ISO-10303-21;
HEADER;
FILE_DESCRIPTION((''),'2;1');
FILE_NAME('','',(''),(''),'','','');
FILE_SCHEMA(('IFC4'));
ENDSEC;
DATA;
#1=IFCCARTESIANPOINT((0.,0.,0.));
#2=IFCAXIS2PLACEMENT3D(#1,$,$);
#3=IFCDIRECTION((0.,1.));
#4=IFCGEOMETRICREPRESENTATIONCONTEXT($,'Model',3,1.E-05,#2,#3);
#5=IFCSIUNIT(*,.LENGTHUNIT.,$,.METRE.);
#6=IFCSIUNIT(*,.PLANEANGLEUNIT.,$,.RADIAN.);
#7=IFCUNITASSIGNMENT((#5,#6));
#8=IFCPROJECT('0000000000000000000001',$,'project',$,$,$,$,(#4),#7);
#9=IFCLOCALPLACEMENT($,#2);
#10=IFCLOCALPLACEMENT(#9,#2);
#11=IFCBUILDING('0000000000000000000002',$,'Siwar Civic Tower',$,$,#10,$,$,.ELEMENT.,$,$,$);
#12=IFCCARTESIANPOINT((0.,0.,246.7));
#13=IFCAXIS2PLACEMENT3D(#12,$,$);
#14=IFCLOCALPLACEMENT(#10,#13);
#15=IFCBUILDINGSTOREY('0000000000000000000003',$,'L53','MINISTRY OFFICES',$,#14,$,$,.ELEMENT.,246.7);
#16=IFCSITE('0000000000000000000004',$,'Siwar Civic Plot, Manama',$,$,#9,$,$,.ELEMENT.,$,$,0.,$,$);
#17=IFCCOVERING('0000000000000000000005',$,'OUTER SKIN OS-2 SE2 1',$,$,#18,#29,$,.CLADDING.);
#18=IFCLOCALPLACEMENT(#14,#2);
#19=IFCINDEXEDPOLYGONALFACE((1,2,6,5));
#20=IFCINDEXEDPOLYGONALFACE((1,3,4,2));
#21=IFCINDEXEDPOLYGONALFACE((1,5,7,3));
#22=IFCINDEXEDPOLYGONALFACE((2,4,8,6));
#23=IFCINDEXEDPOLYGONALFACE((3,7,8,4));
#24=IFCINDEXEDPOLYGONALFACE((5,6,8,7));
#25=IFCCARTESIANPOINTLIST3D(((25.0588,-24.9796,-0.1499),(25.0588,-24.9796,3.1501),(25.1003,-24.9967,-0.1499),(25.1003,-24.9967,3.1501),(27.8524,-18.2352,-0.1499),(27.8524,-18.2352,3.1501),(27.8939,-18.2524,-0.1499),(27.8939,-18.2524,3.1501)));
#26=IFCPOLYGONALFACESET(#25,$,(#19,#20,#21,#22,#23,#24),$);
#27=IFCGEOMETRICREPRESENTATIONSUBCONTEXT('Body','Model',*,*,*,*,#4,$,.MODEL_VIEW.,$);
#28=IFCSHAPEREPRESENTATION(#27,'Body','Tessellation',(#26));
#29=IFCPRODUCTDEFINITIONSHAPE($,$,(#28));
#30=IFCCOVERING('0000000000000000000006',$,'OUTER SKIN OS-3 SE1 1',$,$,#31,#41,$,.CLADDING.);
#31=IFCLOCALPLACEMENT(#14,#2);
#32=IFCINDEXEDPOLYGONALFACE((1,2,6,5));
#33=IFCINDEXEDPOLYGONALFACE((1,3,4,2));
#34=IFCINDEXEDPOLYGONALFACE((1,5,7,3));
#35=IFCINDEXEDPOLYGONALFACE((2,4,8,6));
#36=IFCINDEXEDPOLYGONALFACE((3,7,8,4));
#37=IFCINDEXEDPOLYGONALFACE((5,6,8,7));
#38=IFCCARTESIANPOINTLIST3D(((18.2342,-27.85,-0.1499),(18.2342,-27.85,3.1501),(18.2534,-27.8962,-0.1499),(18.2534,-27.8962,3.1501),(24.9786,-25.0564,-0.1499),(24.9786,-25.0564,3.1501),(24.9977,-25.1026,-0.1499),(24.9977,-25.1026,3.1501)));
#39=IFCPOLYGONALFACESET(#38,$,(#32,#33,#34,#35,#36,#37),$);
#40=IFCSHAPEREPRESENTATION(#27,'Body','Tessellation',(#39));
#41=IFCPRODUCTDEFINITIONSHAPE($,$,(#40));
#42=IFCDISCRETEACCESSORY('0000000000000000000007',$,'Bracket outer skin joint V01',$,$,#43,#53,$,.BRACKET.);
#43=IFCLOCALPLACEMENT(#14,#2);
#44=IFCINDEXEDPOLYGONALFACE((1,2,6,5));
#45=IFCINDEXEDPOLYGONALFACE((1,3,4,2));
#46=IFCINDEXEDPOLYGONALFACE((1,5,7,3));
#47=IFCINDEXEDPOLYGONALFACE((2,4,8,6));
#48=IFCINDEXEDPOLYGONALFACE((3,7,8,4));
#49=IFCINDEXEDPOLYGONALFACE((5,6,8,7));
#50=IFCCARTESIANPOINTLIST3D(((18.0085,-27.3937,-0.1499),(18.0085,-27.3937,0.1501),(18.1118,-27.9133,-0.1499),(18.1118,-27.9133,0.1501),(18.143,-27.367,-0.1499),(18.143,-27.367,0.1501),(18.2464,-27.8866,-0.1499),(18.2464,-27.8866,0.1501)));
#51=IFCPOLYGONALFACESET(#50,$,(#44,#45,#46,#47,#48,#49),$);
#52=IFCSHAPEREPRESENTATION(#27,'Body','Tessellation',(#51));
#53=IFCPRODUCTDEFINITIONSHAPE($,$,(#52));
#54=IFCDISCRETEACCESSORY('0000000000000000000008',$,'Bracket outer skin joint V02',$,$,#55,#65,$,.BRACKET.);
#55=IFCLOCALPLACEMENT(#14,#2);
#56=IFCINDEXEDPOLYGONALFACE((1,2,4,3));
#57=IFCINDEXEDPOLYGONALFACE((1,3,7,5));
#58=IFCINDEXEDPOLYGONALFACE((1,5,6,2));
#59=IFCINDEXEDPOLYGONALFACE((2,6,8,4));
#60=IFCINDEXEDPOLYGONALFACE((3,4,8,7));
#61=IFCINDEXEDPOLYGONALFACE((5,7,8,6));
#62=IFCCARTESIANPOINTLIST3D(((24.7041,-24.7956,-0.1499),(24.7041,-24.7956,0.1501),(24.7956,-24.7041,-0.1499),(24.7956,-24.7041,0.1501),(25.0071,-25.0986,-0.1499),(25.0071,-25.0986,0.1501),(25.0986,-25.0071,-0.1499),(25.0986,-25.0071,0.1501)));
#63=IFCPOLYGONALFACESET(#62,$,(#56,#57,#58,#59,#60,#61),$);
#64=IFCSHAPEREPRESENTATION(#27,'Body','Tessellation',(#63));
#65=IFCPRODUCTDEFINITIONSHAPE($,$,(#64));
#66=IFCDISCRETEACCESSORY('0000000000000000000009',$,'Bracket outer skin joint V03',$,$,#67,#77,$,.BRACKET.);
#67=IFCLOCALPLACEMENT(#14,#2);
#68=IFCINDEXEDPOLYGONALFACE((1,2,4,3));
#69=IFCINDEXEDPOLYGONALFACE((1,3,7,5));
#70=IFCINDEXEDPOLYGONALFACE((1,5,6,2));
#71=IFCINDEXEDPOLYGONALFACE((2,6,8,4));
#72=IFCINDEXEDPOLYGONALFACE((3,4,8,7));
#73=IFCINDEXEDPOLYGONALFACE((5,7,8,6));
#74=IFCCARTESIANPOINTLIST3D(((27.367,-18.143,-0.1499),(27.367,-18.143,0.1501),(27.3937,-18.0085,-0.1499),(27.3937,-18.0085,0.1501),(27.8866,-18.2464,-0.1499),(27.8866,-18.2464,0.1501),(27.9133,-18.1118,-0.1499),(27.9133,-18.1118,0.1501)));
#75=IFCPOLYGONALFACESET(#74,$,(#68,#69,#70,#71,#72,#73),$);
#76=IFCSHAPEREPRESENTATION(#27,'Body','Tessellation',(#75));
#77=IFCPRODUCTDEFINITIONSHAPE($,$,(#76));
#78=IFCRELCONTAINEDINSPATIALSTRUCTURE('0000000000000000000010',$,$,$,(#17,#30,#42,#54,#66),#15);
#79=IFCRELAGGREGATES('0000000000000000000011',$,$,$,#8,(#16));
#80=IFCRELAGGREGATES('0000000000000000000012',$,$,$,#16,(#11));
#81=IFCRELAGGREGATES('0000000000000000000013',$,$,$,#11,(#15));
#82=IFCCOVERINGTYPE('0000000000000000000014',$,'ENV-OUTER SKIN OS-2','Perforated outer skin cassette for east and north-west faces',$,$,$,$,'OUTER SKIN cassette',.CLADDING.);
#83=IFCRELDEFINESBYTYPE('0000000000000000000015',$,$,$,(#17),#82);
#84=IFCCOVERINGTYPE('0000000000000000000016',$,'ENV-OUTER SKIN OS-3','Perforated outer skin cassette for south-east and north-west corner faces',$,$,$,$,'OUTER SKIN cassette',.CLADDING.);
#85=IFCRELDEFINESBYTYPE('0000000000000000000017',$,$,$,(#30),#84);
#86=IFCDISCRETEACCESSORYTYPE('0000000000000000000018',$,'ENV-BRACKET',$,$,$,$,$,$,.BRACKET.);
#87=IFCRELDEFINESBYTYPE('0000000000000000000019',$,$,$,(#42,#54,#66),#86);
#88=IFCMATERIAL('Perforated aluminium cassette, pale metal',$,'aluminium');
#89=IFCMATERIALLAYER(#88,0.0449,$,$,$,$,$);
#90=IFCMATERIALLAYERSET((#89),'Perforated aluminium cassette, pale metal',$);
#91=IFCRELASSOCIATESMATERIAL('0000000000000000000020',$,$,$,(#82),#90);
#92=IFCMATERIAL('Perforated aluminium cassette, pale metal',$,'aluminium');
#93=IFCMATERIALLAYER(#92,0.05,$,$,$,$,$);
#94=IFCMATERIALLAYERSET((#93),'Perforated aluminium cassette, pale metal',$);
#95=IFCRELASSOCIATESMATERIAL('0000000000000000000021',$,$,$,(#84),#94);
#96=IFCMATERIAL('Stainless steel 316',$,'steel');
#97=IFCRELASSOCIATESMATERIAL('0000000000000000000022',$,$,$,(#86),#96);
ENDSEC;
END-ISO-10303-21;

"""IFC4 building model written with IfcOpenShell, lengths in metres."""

from ifc_helpers import new_model, si_unit, direction, frame, origin, origin_2d, place, context, subcontext, project, spatial, rectangle, extrude, material, layer, layer_set, type_object, element, save


model = new_model("IFC4")

# Units and contexts
model_context = context("Model", 3, precision=1e-05, world=origin(), true_north=direction((0.0, 1.0)))
body_context = subcontext(model_context, "Body", "Model", "MODEL_VIEW")
ifc_project = project(units=[si_unit("LENGTHUNIT", "METRE"), si_unit("PLANEANGLEUNIT", "RADIAN")], contexts=[model_context])

# Site, building, storey
site_placement = place(None, origin())
site = spatial("IfcSite", under=ifc_project, at=site_placement, Name="Siwar Civic Plot, Manama", CompositionType="ELEMENT", RefElevation=0.0)
building_placement = place(site_placement, origin())
building = spatial("IfcBuilding", under=site, at=building_placement, Name="Siwar Civic Tower", CompositionType="ELEMENT")
storey_placement = place(building_placement, frame((0.0, 0.0, 246.7)))
storey = spatial("IfcBuildingStorey", under=building, at=storey_placement, Name="L53", Description="MINISTRY OFFICES", CompositionType="ELEMENT", Elevation=246.7)

# Coverings
ifc_material_1 = material(Name="Perforated aluminium cassette, pale metal", Category="aluminium")
ifc_layer_1 = layer(ifc_material_1, 0.0449)
ifc_layer_set_1 = layer_set([ifc_layer_1], Name="Perforated aluminium cassette, pale metal")
covering_type_1 = type_object("IfcCoveringType", Name="ENV-OUTER SKIN OS-2", Description="Perforated outer skin cassette for east and north-west faces", ElementType="OUTER SKIN cassette", PredefinedType="CLADDING", material=ifc_layer_set_1)
covering_1_placement = place(storey_placement, frame((26.4763, -21.616, -0.1499), z_axis=(0.0, 0.0, 1.0), x_axis=(0.382683, 0.92388, 0.0)))
element("IfcCovering", 1, at=covering_1_placement, inside=storey, type_object=covering_type_1, Name="OUTER SKIN OS-2 SE2 1", PredefinedType="CLADDING", context=body_context, shape_type="SweptSolid", body=[
    extrude(rectangle(XDim=7.3, YDim=0.0449, at=origin_2d()), origin(), (0.0, 0.0, 1.0), 3.3),
])
ifc_material_2 = material(Name="Perforated aluminium cassette, pale metal", Category="aluminium")
ifc_layer_2 = layer(ifc_material_2, 0.05)
ifc_layer_set_2 = layer_set([ifc_layer_2], Name="Perforated aluminium cassette, pale metal")
covering_type_2 = type_object("IfcCoveringType", Name="ENV-OUTER SKIN OS-3", Description="Perforated outer skin cassette for south-east and north-west corner faces", ElementType="OUTER SKIN cassette", PredefinedType="CLADDING", material=ifc_layer_set_2)
covering_2_placement = place(storey_placement, frame((21.616, -26.4763, -0.1499), z_axis=(0.0, 0.0, 1.0), x_axis=(0.92388, 0.382683, 0.0)))
element("IfcCovering", 2, at=covering_2_placement, inside=storey, type_object=covering_type_2, Name="OUTER SKIN OS-3 SE1 1", PredefinedType="CLADDING", context=body_context, shape_type="SweptSolid", body=[
    extrude(rectangle(XDim=7.3, YDim=0.05, at=origin_2d()), origin(), (0.0, 0.0, 1.0), 3.3),
])

# Discrete accessories
ifc_material_3 = material(Name="Stainless steel 316", Category="steel")
discrete_accessory_type = type_object("IfcDiscreteAccessoryType", Name="ENV-BRACKET", PredefinedType="BRACKET", material=ifc_material_3)
discrete_accessory_1_placement = place(storey_placement, frame((18.1274, -27.6401, -0.1499), z_axis=(0.0, 0.0, 1.0), x_axis=(0.19509, -0.980785, 0.0)))
element("IfcDiscreteAccessory", 3, at=discrete_accessory_1_placement, inside=storey, type_object=discrete_accessory_type, Name="Bracket outer skin joint V01", PredefinedType="BRACKET", context=body_context, shape_type="SweptSolid", body=[
    extrude(rectangle(XDim=0.5298, YDim=0.1372, at=origin_2d()), origin(), (0.0, 0.0, 1.0), 0.3),
])
discrete_accessory_2_placement = place(storey_placement, frame((24.9014, -24.9014, -0.1499), z_axis=(0.0, 0.0, 1.0), x_axis=(0.707107, -0.707107, 0.0)))
element("IfcDiscreteAccessory", 4, at=discrete_accessory_2_placement, inside=storey, type_object=discrete_accessory_type, Name="Bracket outer skin joint V02", PredefinedType="BRACKET", context=body_context, shape_type="SweptSolid", body=[
    extrude(rectangle(XDim=0.4285, YDim=0.1294, at=origin_2d()), origin(), (0.0, 0.0, 1.0), 0.3),
])
discrete_accessory_3_placement = place(storey_placement, frame((27.6401, -18.1274, -0.1499), z_axis=(0.0, 0.0, 1.0), x_axis=(0.980785, -0.19509, 0.0)))
element("IfcDiscreteAccessory", 5, at=discrete_accessory_3_placement, inside=storey, type_object=discrete_accessory_type, Name="Bracket outer skin joint V03", PredefinedType="BRACKET", context=body_context, shape_type="SweptSolid", body=[
    extrude(rectangle(XDim=0.5298, YDim=0.1372, at=origin_2d()), origin(), (0.0, 0.0, 1.0), 0.3),
])

save(model, "model.ifc")
